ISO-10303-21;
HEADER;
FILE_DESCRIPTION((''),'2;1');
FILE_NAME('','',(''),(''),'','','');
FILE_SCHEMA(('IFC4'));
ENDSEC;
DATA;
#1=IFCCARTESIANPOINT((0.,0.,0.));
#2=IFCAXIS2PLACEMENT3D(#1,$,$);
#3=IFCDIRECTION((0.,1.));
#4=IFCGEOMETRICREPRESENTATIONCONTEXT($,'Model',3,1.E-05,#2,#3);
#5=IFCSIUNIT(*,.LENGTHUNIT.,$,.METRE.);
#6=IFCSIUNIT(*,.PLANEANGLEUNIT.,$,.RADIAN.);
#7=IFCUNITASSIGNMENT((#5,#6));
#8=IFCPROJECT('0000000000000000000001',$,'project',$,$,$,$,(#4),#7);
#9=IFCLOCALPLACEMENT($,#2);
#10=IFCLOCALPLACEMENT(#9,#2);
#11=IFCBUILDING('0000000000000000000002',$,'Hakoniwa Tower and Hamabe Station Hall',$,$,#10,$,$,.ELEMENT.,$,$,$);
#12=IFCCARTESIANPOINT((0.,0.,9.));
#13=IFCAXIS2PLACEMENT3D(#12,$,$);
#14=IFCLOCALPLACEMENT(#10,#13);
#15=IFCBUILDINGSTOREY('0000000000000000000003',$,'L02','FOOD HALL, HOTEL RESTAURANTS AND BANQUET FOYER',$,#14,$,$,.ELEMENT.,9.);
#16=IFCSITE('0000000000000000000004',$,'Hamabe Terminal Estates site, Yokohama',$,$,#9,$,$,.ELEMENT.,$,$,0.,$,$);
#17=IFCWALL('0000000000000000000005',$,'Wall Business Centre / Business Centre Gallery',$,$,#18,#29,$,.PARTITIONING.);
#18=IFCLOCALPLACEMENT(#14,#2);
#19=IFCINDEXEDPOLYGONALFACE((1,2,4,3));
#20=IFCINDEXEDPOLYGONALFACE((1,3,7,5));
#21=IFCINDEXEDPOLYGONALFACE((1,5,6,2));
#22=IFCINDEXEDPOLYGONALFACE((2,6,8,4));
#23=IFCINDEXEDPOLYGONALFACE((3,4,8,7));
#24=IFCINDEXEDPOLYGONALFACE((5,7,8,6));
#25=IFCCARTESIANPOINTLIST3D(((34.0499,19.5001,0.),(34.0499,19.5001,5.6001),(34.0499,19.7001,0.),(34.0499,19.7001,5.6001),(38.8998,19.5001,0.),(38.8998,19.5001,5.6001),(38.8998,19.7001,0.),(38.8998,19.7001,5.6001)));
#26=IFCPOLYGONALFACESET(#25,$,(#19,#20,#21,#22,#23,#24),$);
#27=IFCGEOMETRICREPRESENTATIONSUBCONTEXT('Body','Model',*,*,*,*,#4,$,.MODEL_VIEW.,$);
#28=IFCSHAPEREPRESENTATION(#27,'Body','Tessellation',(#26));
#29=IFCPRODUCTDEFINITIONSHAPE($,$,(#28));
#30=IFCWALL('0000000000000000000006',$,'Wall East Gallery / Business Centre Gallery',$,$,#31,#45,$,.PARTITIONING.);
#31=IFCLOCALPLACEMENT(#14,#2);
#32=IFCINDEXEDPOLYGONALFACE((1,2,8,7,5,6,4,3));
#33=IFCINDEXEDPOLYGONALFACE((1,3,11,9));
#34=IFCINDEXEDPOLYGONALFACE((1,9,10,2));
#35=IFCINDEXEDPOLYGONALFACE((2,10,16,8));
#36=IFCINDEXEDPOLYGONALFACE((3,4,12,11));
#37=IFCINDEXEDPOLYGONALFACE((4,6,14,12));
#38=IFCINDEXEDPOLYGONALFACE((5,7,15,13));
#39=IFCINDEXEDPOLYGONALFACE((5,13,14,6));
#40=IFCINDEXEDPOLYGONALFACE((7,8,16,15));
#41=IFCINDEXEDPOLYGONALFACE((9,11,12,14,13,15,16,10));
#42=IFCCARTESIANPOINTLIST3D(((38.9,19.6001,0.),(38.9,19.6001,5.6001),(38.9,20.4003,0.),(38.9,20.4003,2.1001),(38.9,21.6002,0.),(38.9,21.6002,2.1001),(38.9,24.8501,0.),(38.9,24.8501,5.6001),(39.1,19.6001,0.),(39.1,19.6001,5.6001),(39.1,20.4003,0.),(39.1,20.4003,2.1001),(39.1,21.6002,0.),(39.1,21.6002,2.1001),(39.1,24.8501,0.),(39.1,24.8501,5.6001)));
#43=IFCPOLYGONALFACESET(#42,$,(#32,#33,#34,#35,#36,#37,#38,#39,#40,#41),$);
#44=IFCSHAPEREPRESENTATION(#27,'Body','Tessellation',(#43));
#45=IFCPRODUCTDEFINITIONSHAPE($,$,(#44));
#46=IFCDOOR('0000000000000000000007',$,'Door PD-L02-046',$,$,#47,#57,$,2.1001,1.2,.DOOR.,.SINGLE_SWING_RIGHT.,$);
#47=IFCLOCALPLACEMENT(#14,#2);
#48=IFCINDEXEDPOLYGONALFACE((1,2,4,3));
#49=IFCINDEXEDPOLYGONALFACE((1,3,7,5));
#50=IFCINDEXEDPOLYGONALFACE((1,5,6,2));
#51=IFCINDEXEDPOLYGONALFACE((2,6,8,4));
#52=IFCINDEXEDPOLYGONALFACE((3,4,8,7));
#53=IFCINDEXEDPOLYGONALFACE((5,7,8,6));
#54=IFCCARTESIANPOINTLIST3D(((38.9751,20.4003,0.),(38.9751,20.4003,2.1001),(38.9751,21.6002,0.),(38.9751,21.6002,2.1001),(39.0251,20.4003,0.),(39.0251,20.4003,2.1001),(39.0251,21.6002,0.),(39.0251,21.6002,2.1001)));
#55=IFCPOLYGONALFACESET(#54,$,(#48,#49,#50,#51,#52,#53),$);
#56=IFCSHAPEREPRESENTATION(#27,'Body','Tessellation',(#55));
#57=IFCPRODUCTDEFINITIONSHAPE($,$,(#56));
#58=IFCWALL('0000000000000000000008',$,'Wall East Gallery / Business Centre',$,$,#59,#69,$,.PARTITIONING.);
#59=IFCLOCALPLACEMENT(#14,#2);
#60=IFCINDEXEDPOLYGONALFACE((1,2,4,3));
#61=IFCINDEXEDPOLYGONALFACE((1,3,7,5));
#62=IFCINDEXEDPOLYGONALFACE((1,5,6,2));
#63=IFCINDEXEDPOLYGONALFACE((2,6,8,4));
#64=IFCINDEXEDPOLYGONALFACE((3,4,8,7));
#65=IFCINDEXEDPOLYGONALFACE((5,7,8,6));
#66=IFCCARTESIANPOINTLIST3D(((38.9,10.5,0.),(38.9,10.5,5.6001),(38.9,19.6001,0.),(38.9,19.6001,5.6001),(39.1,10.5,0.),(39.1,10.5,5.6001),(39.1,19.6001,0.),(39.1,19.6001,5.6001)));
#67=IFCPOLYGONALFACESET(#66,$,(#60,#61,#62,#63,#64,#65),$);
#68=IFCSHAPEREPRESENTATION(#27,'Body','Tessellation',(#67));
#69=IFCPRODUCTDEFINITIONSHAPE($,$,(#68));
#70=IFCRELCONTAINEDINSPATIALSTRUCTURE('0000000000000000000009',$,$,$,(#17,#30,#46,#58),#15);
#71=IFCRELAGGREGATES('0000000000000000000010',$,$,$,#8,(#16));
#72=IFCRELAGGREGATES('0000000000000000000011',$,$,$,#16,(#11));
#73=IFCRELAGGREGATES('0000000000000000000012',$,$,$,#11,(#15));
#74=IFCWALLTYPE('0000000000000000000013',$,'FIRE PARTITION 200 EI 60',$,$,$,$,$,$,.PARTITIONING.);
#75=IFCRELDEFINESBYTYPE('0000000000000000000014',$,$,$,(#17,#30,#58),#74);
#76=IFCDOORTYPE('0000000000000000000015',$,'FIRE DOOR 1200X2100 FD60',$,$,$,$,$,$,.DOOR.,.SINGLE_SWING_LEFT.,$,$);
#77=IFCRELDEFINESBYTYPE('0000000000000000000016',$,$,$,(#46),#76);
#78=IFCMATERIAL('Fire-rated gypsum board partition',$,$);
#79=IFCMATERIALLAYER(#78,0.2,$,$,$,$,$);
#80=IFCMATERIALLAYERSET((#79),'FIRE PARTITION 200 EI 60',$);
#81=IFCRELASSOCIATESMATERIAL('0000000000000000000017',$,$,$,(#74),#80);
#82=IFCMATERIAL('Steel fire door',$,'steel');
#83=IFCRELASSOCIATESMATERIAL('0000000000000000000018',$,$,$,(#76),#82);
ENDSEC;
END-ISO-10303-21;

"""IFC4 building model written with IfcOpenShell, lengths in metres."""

from ifc_helpers import new_model, si_unit, direction, frame, frame_2d, origin, place, context, subcontext, project, spatial, rectangle, extrude, material, layer, layer_set, type_object, element, fill, save


model = new_model("IFC4")

# Units and contexts
model_context = context("Model", 3, precision=1e-05, world=origin(), true_north=direction((0.0, 1.0)))
body_context = subcontext(model_context, "Body", "Model", "MODEL_VIEW")
ifc_project = project(units=[si_unit("LENGTHUNIT", "METRE"), si_unit("PLANEANGLEUNIT", "RADIAN")], contexts=[model_context])

# Site, building, storey
site_placement = place(None, origin())
site = spatial("IfcSite", under=ifc_project, at=site_placement, Name="Hamabe Terminal Estates site, Yokohama", CompositionType="ELEMENT", RefElevation=0.0)
building_placement = place(site_placement, origin())
building = spatial("IfcBuilding", under=site, at=building_placement, Name="Hakoniwa Tower and Hamabe Station Hall", CompositionType="ELEMENT")
storey_placement = place(building_placement, frame((0.0, 0.0, 9.0)))
storey = spatial("IfcBuildingStorey", under=building, at=storey_placement, Name="L02", Description="FOOD HALL, HOTEL RESTAURANTS AND BANQUET FOYER", CompositionType="ELEMENT", Elevation=9.0)

# Shared definitions
ifc_material_1 = material(Name="Fire-rated gypsum board partition")
ifc_layer_1 = layer(ifc_material_1, 0.2)
ifc_layer_set_1 = layer_set([ifc_layer_1], Name="FIRE PARTITION 200 EI 60")
wall_type_1 = type_object("IfcWallType", Name="FIRE PARTITION 200 EI 60", PredefinedType="PARTITIONING", material=ifc_layer_set_1)

# Wall
wall_1_placement = place(storey_placement, frame((34.05, 19.6001, 0.0), z_axis=(0.0, 0.0, 1.0), x_axis=(1.0, 0.0, 0.0)))
element("IfcWall", 1, at=wall_1_placement, inside=storey, type_object=wall_type_1, Name="Wall Business Centre / Business Centre Gallery", PredefinedType="PARTITIONING", context=body_context, shape_type="SweptSolid", body=[
    extrude(rectangle(XDim=4.8499, YDim=0.2, at=frame_2d((2.4248, 0.0))), origin(), (0.0, 0.0, 1.0), 5.6001),
])

# Wall, opening, door
wall_2_placement = place(storey_placement, frame((39.0, 19.6001, 0.0), z_axis=(0.0, 0.0, 1.0), x_axis=(0.0, 1.0, 0.0)))
wall_2 = element("IfcWall", 2, at=wall_2_placement, inside=storey, type_object=wall_type_1, Name="Wall East Gallery / Business Centre Gallery", PredefinedType="PARTITIONING", context=body_context, shape_type="SweptSolid", body=[
    extrude(rectangle(XDim=5.25, YDim=0.2, at=frame_2d((2.625, 0.0))), origin(), (0.0, 0.0, 1.0), 5.6001),
])
opening_1_placement = place(wall_2_placement, frame((0.8, 0.0, 0.0)))
opening_1 = element("IfcOpeningElement", 3, at=opening_1_placement, cuts=wall_2, PredefinedType="OPENING", context=body_context, shape_type="SweptSolid", body=[
    extrude(rectangle(XDim=1.2, YDim=2.1001, at=frame_2d((0.6001, 1.05))), frame((0.0, 0.1099, 0.0), z_axis=(0.0, -1.0, 0.0), x_axis=(1.0, 0.0, 0.0)), (0.0, 0.0, 1.0), 0.22),
])
ifc_material_2 = material(Name="Steel fire door", Category="steel")
door_type_1 = type_object("IfcDoorType", Name="FIRE DOOR 1200X2100 FD60", OperationType="SINGLE_SWING_LEFT", PredefinedType="DOOR", material=ifc_material_2)
door_1_placement = place(opening_1_placement, origin())
door_1 = element("IfcDoor", 4, at=door_1_placement, inside=storey, type_object=door_type_1, Name="Door PD-L02-046", OperationType="SINGLE_SWING_RIGHT", OverallHeight=2.1001, OverallWidth=1.2, PredefinedType="DOOR", context=body_context, shape_type="SweptSolid", body=[
    extrude(rectangle(XDim=1.2, YDim=2.1001, at=frame_2d((0.6001, 1.05))), frame((0.0, 0.0249, 0.0), z_axis=(0.0, -1.0, 0.0), x_axis=(1.0, 0.0, 0.0)), (0.0, 0.0, 1.0), 0.05),
])
fill(opening_1, door_1)

# Wall
wall_3_placement = place(storey_placement, frame((39.0, 10.5, 0.0), z_axis=(0.0, 0.0, 1.0), x_axis=(0.0, 1.0, 0.0)))
element("IfcWall", 5, at=wall_3_placement, inside=storey, type_object=wall_type_1, Name="Wall East Gallery / Business Centre", PredefinedType="PARTITIONING", context=body_context, shape_type="SweptSolid", body=[
    extrude(rectangle(XDim=9.1001, YDim=0.2, at=frame_2d((4.55, 0.0))), origin(), (0.0, 0.0, 1.0), 5.6001),
])

save(model, "model.ifc")
